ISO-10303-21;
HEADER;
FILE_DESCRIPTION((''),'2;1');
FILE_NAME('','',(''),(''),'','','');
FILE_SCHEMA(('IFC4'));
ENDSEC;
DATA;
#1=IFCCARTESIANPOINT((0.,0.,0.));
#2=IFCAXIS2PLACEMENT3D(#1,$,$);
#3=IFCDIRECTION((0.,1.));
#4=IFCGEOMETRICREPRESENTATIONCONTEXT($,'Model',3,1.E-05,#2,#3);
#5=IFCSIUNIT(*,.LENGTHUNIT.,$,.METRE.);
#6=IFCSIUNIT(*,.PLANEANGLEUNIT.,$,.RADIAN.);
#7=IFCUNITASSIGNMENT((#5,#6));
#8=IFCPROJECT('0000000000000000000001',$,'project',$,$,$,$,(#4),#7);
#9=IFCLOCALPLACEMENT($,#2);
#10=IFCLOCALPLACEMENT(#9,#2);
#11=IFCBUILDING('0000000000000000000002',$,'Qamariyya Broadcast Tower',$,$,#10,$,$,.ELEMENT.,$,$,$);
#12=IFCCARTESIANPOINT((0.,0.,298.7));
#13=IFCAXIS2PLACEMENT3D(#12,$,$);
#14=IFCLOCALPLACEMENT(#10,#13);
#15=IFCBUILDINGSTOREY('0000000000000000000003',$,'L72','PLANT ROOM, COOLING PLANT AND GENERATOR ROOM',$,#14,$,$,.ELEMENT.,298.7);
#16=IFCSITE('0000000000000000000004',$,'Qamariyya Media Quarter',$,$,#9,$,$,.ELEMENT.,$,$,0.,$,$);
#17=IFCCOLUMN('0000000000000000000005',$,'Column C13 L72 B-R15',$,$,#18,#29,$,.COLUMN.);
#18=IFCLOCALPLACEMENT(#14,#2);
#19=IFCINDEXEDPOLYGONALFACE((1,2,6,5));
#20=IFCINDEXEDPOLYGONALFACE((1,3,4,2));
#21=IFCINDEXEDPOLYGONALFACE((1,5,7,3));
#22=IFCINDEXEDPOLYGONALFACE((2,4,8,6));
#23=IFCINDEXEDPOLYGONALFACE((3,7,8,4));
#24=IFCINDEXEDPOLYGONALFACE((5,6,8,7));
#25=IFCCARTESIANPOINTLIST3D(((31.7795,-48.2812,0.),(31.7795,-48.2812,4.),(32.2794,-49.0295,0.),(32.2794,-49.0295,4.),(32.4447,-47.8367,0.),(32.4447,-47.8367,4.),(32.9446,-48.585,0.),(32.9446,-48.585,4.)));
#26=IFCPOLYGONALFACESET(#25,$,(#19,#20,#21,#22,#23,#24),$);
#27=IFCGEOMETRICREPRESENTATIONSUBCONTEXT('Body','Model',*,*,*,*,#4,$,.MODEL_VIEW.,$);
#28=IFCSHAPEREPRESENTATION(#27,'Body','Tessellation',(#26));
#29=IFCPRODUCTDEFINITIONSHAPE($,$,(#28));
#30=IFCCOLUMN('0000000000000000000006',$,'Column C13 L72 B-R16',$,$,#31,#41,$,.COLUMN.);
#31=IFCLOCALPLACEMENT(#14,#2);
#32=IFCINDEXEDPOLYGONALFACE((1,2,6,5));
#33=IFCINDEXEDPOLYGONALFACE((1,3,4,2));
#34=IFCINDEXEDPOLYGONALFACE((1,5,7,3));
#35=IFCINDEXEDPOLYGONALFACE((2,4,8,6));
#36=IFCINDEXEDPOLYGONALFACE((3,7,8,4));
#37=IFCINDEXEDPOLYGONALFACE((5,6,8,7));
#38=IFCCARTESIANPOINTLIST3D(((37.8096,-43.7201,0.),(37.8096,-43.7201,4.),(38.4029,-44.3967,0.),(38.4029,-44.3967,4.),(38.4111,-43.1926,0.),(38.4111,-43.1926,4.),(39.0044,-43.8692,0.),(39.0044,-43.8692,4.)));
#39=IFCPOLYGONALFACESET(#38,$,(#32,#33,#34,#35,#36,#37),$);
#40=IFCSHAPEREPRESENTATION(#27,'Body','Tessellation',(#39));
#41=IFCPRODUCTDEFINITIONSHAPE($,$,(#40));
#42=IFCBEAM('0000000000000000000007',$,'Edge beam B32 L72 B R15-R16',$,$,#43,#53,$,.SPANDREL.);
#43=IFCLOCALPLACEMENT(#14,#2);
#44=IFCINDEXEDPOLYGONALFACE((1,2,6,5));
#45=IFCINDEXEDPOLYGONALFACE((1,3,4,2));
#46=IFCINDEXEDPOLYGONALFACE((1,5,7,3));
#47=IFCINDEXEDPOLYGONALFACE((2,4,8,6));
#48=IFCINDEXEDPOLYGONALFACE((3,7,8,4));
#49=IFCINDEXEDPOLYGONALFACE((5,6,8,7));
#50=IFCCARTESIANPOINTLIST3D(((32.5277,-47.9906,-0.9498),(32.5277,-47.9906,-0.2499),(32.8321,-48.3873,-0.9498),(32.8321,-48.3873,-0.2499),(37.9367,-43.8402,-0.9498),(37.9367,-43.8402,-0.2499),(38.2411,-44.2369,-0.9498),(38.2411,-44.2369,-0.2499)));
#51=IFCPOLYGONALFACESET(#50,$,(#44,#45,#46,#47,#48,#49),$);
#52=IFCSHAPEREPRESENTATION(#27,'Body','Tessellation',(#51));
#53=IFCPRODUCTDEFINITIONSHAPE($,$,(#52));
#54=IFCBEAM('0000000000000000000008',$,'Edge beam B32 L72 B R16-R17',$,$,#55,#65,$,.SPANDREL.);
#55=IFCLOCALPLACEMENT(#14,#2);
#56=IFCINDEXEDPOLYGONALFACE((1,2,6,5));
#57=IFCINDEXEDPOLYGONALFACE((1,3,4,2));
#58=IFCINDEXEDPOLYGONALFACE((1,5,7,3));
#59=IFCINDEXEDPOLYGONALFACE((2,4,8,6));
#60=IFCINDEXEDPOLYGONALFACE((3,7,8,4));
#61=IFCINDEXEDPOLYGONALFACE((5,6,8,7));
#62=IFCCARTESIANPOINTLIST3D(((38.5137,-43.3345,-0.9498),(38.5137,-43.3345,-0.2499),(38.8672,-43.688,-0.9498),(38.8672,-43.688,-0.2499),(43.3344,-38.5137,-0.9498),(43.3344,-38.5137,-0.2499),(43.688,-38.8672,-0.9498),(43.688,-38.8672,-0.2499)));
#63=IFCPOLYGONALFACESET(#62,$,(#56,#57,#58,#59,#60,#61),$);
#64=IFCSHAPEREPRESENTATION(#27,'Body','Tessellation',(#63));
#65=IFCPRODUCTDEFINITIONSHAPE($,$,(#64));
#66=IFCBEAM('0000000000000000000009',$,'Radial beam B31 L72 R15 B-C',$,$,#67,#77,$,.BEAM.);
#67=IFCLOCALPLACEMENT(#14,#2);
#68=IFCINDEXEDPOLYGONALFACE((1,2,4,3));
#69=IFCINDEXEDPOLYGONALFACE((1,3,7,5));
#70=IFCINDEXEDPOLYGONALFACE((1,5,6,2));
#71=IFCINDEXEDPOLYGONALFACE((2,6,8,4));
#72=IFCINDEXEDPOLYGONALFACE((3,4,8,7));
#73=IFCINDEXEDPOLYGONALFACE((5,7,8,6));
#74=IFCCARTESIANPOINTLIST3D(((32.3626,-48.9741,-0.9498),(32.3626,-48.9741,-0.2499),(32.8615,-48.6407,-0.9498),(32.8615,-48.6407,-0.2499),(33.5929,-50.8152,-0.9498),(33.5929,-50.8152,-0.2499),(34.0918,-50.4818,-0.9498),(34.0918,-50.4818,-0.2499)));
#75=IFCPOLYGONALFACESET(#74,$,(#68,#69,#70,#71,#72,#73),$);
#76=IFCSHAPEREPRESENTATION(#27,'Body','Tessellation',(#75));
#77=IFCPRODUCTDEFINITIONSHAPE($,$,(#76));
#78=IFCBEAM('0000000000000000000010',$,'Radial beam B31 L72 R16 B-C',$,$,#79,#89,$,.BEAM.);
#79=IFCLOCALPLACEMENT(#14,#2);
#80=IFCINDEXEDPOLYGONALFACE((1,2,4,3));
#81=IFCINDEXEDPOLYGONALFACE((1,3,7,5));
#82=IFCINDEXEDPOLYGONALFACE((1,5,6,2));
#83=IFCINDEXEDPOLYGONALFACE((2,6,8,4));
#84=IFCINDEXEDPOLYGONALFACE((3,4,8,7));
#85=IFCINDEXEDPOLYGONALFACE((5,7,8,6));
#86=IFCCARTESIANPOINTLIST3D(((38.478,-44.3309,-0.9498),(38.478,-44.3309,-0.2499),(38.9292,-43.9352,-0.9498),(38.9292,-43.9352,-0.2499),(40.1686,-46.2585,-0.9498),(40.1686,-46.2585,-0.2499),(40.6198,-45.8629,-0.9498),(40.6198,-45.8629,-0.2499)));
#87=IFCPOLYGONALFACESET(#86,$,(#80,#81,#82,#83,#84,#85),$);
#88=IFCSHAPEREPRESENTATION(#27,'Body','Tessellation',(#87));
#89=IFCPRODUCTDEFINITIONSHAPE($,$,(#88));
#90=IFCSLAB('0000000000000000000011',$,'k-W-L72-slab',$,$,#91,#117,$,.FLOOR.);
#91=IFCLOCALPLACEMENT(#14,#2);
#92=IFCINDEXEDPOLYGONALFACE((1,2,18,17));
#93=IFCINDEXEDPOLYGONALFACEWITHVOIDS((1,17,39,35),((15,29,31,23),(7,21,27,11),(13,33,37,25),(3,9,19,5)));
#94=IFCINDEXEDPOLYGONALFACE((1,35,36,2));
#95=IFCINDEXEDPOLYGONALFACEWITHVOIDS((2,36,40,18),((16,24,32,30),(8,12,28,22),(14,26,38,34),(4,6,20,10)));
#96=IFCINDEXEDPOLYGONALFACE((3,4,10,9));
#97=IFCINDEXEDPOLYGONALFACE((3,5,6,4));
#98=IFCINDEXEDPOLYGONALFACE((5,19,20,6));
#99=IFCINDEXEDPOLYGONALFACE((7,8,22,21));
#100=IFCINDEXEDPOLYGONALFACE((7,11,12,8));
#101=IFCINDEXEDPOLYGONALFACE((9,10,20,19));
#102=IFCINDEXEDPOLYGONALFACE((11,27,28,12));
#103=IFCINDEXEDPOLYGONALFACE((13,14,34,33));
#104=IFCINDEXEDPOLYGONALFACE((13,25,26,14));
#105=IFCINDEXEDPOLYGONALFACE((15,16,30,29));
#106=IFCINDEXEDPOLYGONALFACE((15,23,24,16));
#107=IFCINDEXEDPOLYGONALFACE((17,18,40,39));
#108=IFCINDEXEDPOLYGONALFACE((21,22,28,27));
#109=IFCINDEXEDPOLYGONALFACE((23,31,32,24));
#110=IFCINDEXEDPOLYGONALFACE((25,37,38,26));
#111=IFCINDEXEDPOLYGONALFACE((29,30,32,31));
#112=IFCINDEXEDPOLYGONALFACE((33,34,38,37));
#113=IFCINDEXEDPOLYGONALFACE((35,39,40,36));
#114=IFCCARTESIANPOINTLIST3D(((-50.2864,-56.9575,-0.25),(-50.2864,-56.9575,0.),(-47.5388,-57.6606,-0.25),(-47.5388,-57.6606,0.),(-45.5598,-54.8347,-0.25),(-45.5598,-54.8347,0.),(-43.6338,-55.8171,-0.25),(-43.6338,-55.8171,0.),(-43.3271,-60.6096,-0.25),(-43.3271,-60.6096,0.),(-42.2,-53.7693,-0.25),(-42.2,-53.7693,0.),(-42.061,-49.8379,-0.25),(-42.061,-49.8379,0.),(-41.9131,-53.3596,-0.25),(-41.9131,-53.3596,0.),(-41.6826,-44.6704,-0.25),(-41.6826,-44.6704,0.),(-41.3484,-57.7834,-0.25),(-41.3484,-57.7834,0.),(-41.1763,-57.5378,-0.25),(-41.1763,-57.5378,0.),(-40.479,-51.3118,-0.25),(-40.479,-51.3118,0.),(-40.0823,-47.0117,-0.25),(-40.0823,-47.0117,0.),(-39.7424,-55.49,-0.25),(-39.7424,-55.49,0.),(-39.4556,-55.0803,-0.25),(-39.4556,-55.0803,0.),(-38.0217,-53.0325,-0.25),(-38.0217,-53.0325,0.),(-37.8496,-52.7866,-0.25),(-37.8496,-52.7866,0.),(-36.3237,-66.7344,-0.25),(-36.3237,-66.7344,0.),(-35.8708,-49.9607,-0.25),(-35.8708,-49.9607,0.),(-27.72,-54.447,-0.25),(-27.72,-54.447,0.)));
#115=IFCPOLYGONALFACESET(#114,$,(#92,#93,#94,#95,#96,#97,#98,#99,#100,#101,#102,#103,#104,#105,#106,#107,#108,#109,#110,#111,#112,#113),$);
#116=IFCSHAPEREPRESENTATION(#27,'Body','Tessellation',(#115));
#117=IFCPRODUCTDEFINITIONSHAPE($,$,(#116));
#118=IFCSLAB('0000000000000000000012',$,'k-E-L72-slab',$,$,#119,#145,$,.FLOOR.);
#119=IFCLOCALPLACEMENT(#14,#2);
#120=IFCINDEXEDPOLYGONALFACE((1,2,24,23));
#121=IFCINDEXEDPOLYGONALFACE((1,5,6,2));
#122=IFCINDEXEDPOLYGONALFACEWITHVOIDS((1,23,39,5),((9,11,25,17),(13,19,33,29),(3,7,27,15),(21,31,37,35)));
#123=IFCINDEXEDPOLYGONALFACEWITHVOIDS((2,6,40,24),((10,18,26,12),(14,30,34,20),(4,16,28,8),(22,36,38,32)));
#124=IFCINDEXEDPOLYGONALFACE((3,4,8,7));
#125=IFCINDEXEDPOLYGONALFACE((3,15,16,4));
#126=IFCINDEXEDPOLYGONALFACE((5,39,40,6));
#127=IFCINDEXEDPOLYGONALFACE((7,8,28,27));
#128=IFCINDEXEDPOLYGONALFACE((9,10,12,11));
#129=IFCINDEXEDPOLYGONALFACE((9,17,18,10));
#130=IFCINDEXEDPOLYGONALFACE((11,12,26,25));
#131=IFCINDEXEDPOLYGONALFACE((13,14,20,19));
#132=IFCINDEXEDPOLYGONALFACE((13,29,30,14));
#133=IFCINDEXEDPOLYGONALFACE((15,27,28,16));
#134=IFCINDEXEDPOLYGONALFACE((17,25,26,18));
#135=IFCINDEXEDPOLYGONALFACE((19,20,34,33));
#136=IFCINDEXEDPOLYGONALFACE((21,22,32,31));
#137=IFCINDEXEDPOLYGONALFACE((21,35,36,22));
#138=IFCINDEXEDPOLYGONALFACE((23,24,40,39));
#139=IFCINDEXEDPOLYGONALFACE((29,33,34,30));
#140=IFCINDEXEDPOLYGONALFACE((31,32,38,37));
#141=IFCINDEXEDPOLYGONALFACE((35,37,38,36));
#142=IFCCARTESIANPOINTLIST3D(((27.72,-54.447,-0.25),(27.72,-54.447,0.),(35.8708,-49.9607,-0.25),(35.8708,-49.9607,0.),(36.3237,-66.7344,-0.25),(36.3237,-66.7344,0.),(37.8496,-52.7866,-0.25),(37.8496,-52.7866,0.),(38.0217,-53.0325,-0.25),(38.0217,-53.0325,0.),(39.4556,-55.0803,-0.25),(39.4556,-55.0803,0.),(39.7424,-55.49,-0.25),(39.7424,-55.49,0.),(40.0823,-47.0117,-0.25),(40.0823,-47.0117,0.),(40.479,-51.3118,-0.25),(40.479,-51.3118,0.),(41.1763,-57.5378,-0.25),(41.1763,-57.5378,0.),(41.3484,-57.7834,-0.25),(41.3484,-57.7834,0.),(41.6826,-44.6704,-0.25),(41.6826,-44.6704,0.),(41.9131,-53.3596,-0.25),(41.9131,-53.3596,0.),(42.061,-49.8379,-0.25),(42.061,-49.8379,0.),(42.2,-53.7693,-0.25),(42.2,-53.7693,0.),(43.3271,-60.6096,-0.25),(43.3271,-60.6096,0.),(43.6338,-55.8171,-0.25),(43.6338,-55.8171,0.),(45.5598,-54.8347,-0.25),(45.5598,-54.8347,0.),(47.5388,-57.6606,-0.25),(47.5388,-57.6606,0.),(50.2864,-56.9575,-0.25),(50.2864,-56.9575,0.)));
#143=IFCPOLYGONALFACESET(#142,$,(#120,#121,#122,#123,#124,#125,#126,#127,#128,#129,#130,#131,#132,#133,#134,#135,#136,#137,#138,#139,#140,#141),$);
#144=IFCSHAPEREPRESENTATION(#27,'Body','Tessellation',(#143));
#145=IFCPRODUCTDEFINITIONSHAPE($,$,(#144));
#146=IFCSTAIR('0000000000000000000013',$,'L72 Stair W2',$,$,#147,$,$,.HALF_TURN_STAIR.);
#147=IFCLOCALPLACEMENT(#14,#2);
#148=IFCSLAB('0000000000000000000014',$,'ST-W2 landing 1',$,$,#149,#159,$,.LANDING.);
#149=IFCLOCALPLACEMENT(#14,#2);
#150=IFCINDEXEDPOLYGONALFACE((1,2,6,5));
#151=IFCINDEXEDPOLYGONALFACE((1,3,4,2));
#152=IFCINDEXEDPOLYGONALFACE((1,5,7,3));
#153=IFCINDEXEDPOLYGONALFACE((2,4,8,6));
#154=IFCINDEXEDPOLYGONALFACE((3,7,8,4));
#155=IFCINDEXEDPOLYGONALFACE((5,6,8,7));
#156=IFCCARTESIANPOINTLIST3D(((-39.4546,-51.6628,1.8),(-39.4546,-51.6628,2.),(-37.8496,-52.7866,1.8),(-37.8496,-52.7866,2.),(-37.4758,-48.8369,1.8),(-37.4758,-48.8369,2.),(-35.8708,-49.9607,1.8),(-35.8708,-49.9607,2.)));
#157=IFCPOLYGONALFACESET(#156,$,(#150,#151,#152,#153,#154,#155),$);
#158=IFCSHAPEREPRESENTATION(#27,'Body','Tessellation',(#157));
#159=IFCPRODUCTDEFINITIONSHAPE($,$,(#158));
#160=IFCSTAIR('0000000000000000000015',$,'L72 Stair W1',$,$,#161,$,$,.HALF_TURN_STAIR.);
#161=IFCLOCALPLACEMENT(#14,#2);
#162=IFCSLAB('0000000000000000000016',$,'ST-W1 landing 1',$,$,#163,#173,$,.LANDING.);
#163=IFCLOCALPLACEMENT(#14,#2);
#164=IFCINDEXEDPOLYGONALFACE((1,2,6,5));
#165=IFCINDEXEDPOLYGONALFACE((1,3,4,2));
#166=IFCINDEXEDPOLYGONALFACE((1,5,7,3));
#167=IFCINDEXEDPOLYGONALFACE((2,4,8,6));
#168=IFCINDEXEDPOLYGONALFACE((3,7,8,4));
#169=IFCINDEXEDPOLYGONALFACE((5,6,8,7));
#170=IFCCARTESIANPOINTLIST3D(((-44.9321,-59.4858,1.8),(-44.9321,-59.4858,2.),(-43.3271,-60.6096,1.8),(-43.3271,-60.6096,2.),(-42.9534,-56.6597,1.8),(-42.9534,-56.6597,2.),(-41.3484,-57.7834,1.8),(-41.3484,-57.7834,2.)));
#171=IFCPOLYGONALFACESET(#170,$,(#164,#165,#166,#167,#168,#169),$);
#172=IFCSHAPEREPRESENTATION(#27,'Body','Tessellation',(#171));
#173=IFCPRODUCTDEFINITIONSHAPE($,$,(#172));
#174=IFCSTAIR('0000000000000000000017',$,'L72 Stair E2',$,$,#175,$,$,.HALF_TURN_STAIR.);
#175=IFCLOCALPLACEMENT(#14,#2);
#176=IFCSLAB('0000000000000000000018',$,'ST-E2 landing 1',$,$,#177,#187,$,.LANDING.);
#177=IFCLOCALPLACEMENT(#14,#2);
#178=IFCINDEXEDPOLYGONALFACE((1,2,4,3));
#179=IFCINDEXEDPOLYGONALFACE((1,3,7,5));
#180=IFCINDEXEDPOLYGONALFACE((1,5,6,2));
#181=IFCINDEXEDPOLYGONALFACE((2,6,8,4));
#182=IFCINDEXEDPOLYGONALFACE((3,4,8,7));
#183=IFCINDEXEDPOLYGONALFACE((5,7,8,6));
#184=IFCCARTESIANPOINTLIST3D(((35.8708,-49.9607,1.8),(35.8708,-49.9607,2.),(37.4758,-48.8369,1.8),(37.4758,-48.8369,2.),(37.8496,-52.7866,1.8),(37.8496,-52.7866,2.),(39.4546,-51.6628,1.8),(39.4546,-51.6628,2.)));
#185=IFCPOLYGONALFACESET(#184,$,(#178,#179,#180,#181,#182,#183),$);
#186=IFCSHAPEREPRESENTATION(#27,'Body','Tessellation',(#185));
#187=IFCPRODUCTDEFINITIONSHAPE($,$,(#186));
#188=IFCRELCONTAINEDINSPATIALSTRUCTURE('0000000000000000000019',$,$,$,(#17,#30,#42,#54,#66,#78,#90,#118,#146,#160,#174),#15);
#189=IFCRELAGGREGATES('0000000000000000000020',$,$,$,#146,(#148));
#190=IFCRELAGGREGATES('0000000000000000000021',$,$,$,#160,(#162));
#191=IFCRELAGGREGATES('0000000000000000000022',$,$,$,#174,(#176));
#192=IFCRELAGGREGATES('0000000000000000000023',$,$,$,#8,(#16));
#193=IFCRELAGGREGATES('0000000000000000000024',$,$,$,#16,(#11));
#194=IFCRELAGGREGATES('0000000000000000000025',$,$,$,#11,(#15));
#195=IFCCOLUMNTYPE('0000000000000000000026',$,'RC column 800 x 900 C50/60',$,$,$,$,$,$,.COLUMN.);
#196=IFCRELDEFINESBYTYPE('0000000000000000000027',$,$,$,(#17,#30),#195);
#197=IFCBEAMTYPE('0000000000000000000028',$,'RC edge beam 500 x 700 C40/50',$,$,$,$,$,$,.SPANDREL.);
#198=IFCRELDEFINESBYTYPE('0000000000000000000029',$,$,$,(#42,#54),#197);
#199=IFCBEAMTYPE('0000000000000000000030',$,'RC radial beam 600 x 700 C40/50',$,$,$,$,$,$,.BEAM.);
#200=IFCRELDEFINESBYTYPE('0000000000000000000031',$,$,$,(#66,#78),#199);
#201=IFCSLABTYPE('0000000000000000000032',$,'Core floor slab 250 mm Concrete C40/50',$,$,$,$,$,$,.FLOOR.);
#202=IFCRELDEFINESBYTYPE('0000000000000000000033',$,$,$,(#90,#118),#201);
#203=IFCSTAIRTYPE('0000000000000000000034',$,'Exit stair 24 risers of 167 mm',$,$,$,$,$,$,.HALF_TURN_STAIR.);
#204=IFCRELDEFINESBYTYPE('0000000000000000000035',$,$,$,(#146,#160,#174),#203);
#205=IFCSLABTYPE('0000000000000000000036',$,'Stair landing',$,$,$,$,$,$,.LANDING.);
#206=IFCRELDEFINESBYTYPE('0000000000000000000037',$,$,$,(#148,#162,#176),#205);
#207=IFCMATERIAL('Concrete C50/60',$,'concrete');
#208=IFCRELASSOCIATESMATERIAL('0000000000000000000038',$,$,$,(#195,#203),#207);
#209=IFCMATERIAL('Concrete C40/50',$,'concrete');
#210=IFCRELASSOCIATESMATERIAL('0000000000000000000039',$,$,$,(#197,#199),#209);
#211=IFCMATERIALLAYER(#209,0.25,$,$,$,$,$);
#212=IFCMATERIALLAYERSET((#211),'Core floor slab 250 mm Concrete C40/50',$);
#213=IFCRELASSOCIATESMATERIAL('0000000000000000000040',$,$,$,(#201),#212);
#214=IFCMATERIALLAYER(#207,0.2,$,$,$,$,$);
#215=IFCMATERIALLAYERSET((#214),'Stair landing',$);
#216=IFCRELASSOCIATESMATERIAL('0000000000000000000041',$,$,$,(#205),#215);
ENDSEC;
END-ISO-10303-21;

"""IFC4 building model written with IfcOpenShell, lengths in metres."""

from ifc_helpers import new_model, si_unit, direction, frame, origin, origin_2d, place, context, subcontext, project, spatial, polyline, rectangle, outline, extrude, material, layer, layer_set, material_profile, profile_set, type_object, element, aggregate, save


model = new_model("IFC4")

# Units and contexts
model_context = context("Model", 3, precision=1e-05, world=origin(), true_north=direction((0.0, 1.0)))
body_context = subcontext(model_context, "Body", "Model", "MODEL_VIEW")
ifc_project = project(units=[si_unit("LENGTHUNIT", "METRE"), si_unit("PLANEANGLEUNIT", "RADIAN")], contexts=[model_context])

# Site, building, storey
site_placement = place(None, origin())
site = spatial("IfcSite", under=ifc_project, at=site_placement, Name="Qamariyya Media Quarter", CompositionType="ELEMENT", RefElevation=0.0)
building_placement = place(site_placement, origin())
building = spatial("IfcBuilding", under=site, at=building_placement, Name="Qamariyya Broadcast Tower", CompositionType="ELEMENT")
storey_placement = place(building_placement, frame((0.0, 0.0, 298.7)))
storey = spatial("IfcBuildingStorey", under=building, at=storey_placement, Name="L72", Description="PLANT ROOM, COOLING PLANT AND GENERATOR ROOM", CompositionType="ELEMENT", Elevation=298.7)

# Columns
ifc_material_1 = material(Name="Concrete C50/60", Category="concrete")
ifc_material_profile_1 = material_profile(ifc_material_1, rectangle(XDim=0.8, YDim=0.8999, at=origin_2d()))
ifc_profile_set_1 = profile_set([ifc_material_profile_1], Name="Concrete C50/60")
column_type = type_object("IfcColumnType", Name="RC column 800 x 900 C50/60", PredefinedType="COLUMN", material=ifc_profile_set_1)
for number, where, z_axis, x_axis, name in (
    (1, (32.3621, -48.4331, 0.0), (0.0, 0.0, 1.0), (0.83147, 0.55557, 0.0), "Column C13 L72 B-R15"),
    (2, (38.407, -43.7947, 0.0), (0.0, 0.0, 1.0), (0.75184, 0.659346, 0.0), "Column C13 L72 B-R16"),
):
    element("IfcColumn", number, at=place(storey_placement, frame(where, z_axis=z_axis, x_axis=x_axis)), inside=storey, type_object=column_type, Name=name, PredefinedType="COLUMN", context=body_context, shape_type="SweptSolid", body=[
        extrude(rectangle(XDim=0.8, YDim=0.8999, at=origin_2d()), origin(), (0.0, 0.0, 1.0), 4.0),
    ])

# Beams
ifc_material_2 = material(Name="Concrete C40/50", Category="concrete")
ifc_material_profile_2 = material_profile(ifc_material_2, rectangle(XDim=0.5, YDim=0.7, at=origin_2d()))
ifc_profile_set_2 = profile_set([ifc_material_profile_2], Name="Concrete C40/50")
beam_type_1 = type_object("IfcBeamType", Name="RC edge beam 500 x 700 C40/50", PredefinedType="SPANDREL", material=ifc_profile_set_2)
beam_1_placement = place(storey_placement, frame((32.6799, -48.189, -0.5999), z_axis=(0.793356, 0.608759, 0.0), x_axis=(-0.608759, 0.793356, 0.0)))
element("IfcBeam", 3, at=beam_1_placement, inside=storey, type_object=beam_type_1, Name="Edge beam B32 L72 B R15-R16", PredefinedType="SPANDREL", context=body_context, shape_type="SweptSolid", body=[
    extrude(rectangle(XDim=0.5, YDim=0.7, at=origin_2d()), origin(), (0.0, 0.0, 1.0), 6.8179),
])
beam_2_placement = place(storey_placement, frame((38.6904, -43.5112, -0.5999), z_axis=(0.707107, 0.707107, 0.0), x_axis=(-0.707107, 0.707107, 0.0)))
element("IfcBeam", 4, at=beam_2_placement, inside=storey, type_object=beam_type_1, Name="Edge beam B32 L72 B R16-R17", PredefinedType="SPANDREL", context=body_context, shape_type="SweptSolid", body=[
    extrude(rectangle(XDim=0.5, YDim=0.7, at=origin_2d()), origin(), (0.0, 0.0, 1.0), 6.8176),
])
ifc_material_profile_3 = material_profile(ifc_material_2, rectangle(XDim=0.6001, YDim=0.7, at=origin_2d()))
ifc_profile_set_3 = profile_set([ifc_material_profile_3], Name="Concrete C40/50")
beam_type_2 = type_object("IfcBeamType", Name="RC radial beam 600 x 700 C40/50", PredefinedType="BEAM", material=ifc_profile_set_3)
beam_3_placement = place(storey_placement, frame((32.6121, -48.8074, -0.5999), z_axis=(0.55559, -0.831456, 0.0), x_axis=(0.831456, 0.55559, 0.0)))
element("IfcBeam", 5, at=beam_3_placement, inside=storey, type_object=beam_type_2, Name="Radial beam B31 L72 R15 B-C", PredefinedType="BEAM", context=body_context, shape_type="SweptSolid", body=[
    extrude(rectangle(XDim=0.6001, YDim=0.7, at=origin_2d()), origin(), (0.0, 0.0, 1.0), 2.2144),
])
beam_4_placement = place(storey_placement, frame((38.7036, -44.1331, -0.5999), z_axis=(0.659367, -0.751821, 0.0), x_axis=(0.751821, 0.659367, 0.0)))
element("IfcBeam", 6, at=beam_4_placement, inside=storey, type_object=beam_type_2, Name="Radial beam B31 L72 R16 B-C", PredefinedType="BEAM", context=body_context, shape_type="SweptSolid", body=[
    extrude(rectangle(XDim=0.6001, YDim=0.7, at=origin_2d()), origin(), (0.0, 0.0, 1.0), 2.564),
])

# Slabs
ifc_layer_1 = layer(ifc_material_2, 0.25)
ifc_layer_set_1 = layer_set([ifc_layer_1], Name="Core floor slab 250 mm Concrete C40/50")
slab_type_1 = type_object("IfcSlabType", Name="Core floor slab 250 mm Concrete C40/50", PredefinedType="FLOOR", material=ifc_layer_set_1)
slab_1_placement = place(storey_placement, frame((0.0, 0.0, -0.25)))
element("IfcSlab", 7, at=slab_1_placement, inside=storey, type_object=slab_type_1, Name="k-W-L72-slab", PredefinedType="FLOOR", context=body_context, shape_type="SweptSolid", body=[
    extrude(outline(polyline([(-50.2864, -56.9575), (-36.3237, -66.7344), (-27.72, -54.447), (-41.6826, -44.6704), (-50.2864, -56.9575)]), holes=[polyline([(-39.7424, -55.49), (-42.2, -53.7693), (-43.6338, -55.8171), (-41.1763, -57.5378), (-39.7424, -55.49)]), polyline([(-39.4556, -55.0803), (-41.9131, -53.3596), (-40.479, -51.3118), (-38.0217, -53.0325), (-39.4556, -55.0803)]), polyline([(-42.061, -49.8379), (-37.8496, -52.7866), (-35.8708, -49.9607), (-40.0823, -47.0117), (-42.061, -49.8379)]), polyline([(-47.5388, -57.6606), (-43.3271, -60.6096), (-41.3484, -57.7834), (-45.5598, -54.8347), (-47.5388, -57.6606)])]), origin(), (0.0, 0.0, 1.0), 0.25),
])
slab_2_placement = place(storey_placement, frame((0.0, 0.0, -0.25)))
element("IfcSlab", 8, at=slab_2_placement, inside=storey, type_object=slab_type_1, Name="k-E-L72-slab", PredefinedType="FLOOR", context=body_context, shape_type="SweptSolid", body=[
    extrude(outline(polyline([(36.3237, -66.7344), (50.2864, -56.9575), (41.6826, -44.6704), (27.72, -54.447), (36.3237, -66.7344)]), holes=[polyline([(39.7424, -55.49), (42.2, -53.7693), (43.6338, -55.8171), (41.1763, -57.5378), (39.7424, -55.49)]), polyline([(39.4556, -55.0803), (41.9131, -53.3596), (40.479, -51.3118), (38.0217, -53.0325), (39.4556, -55.0803)]), polyline([(40.0823, -47.0117), (35.8708, -49.9607), (37.8496, -52.7866), (42.061, -49.8379), (40.0823, -47.0117)]), polyline([(45.5598, -54.8347), (41.3484, -57.7834), (43.3271, -60.6096), (47.5388, -57.6606), (45.5598, -54.8347)])]), origin(), (0.0, 0.0, 1.0), 0.25),
])

# Stairs, slabs
stair_type = type_object("IfcStairType", Name="Exit stair 24 risers of 167 mm", PredefinedType="HALF_TURN_STAIR", material=ifc_material_1)
stair_1_placement = place(storey_placement, origin())
stair_1 = element("IfcStair", 9, at=stair_1_placement, inside=storey, type_object=stair_type, Name="L72 Stair W2", PredefinedType="HALF_TURN_STAIR")
ifc_layer_2 = layer(ifc_material_1, 0.2)
ifc_layer_set_2 = layer_set([ifc_layer_2], Name="Stair landing")
slab_type_2 = type_object("IfcSlabType", Name="Stair landing", PredefinedType="LANDING", material=ifc_layer_set_2)
slab_3_placement = place(storey_placement, frame((0.0, 0.0, 1.8)))
slab_3 = element("IfcSlab", 10, at=slab_3_placement, type_object=slab_type_2, Name="ST-W2 landing 1", PredefinedType="LANDING", context=body_context, shape_type="SweptSolid", body=[
    extrude(outline(polyline([(-39.4546, -51.6628), (-37.8496, -52.7866), (-35.8708, -49.9607), (-37.4758, -48.8369), (-39.4546, -51.6628)])), origin(), (0.0, 0.0, 1.0), 0.2),
])
aggregate(stair_1, [slab_3])
stair_2_placement = place(storey_placement, origin())
stair_2 = element("IfcStair", 11, at=stair_2_placement, inside=storey, type_object=stair_type, Name="L72 Stair W1", PredefinedType="HALF_TURN_STAIR")
slab_4_placement = place(storey_placement, frame((0.0, 0.0, 1.8)))
slab_4 = element("IfcSlab", 12, at=slab_4_placement, type_object=slab_type_2, Name="ST-W1 landing 1", PredefinedType="LANDING", context=body_context, shape_type="SweptSolid", body=[
    extrude(outline(polyline([(-44.9321, -59.4858), (-43.3271, -60.6096), (-41.3484, -57.7834), (-42.9534, -56.6597), (-44.9321, -59.4858)])), origin(), (0.0, 0.0, 1.0), 0.2),
])
aggregate(stair_2, [slab_4])
stair_3_placement = place(storey_placement, origin())
stair_3 = element("IfcStair", 13, at=stair_3_placement, inside=storey, type_object=stair_type, Name="L72 Stair E2", PredefinedType="HALF_TURN_STAIR")
slab_5_placement = place(storey_placement, frame((0.0, 0.0, 1.8)))
slab_5 = element("IfcSlab", 14, at=slab_5_placement, type_object=slab_type_2, Name="ST-E2 landing 1", PredefinedType="LANDING", context=body_context, shape_type="SweptSolid", body=[
    extrude(outline(polyline([(37.4758, -48.8369), (35.8708, -49.9607), (37.8496, -52.7866), (39.4546, -51.6628), (37.4758, -48.8369)])), origin(), (0.0, 0.0, 1.0), 0.2),
])

aggregate(stair_3, [slab_5])

save(model, "model.ifc")
